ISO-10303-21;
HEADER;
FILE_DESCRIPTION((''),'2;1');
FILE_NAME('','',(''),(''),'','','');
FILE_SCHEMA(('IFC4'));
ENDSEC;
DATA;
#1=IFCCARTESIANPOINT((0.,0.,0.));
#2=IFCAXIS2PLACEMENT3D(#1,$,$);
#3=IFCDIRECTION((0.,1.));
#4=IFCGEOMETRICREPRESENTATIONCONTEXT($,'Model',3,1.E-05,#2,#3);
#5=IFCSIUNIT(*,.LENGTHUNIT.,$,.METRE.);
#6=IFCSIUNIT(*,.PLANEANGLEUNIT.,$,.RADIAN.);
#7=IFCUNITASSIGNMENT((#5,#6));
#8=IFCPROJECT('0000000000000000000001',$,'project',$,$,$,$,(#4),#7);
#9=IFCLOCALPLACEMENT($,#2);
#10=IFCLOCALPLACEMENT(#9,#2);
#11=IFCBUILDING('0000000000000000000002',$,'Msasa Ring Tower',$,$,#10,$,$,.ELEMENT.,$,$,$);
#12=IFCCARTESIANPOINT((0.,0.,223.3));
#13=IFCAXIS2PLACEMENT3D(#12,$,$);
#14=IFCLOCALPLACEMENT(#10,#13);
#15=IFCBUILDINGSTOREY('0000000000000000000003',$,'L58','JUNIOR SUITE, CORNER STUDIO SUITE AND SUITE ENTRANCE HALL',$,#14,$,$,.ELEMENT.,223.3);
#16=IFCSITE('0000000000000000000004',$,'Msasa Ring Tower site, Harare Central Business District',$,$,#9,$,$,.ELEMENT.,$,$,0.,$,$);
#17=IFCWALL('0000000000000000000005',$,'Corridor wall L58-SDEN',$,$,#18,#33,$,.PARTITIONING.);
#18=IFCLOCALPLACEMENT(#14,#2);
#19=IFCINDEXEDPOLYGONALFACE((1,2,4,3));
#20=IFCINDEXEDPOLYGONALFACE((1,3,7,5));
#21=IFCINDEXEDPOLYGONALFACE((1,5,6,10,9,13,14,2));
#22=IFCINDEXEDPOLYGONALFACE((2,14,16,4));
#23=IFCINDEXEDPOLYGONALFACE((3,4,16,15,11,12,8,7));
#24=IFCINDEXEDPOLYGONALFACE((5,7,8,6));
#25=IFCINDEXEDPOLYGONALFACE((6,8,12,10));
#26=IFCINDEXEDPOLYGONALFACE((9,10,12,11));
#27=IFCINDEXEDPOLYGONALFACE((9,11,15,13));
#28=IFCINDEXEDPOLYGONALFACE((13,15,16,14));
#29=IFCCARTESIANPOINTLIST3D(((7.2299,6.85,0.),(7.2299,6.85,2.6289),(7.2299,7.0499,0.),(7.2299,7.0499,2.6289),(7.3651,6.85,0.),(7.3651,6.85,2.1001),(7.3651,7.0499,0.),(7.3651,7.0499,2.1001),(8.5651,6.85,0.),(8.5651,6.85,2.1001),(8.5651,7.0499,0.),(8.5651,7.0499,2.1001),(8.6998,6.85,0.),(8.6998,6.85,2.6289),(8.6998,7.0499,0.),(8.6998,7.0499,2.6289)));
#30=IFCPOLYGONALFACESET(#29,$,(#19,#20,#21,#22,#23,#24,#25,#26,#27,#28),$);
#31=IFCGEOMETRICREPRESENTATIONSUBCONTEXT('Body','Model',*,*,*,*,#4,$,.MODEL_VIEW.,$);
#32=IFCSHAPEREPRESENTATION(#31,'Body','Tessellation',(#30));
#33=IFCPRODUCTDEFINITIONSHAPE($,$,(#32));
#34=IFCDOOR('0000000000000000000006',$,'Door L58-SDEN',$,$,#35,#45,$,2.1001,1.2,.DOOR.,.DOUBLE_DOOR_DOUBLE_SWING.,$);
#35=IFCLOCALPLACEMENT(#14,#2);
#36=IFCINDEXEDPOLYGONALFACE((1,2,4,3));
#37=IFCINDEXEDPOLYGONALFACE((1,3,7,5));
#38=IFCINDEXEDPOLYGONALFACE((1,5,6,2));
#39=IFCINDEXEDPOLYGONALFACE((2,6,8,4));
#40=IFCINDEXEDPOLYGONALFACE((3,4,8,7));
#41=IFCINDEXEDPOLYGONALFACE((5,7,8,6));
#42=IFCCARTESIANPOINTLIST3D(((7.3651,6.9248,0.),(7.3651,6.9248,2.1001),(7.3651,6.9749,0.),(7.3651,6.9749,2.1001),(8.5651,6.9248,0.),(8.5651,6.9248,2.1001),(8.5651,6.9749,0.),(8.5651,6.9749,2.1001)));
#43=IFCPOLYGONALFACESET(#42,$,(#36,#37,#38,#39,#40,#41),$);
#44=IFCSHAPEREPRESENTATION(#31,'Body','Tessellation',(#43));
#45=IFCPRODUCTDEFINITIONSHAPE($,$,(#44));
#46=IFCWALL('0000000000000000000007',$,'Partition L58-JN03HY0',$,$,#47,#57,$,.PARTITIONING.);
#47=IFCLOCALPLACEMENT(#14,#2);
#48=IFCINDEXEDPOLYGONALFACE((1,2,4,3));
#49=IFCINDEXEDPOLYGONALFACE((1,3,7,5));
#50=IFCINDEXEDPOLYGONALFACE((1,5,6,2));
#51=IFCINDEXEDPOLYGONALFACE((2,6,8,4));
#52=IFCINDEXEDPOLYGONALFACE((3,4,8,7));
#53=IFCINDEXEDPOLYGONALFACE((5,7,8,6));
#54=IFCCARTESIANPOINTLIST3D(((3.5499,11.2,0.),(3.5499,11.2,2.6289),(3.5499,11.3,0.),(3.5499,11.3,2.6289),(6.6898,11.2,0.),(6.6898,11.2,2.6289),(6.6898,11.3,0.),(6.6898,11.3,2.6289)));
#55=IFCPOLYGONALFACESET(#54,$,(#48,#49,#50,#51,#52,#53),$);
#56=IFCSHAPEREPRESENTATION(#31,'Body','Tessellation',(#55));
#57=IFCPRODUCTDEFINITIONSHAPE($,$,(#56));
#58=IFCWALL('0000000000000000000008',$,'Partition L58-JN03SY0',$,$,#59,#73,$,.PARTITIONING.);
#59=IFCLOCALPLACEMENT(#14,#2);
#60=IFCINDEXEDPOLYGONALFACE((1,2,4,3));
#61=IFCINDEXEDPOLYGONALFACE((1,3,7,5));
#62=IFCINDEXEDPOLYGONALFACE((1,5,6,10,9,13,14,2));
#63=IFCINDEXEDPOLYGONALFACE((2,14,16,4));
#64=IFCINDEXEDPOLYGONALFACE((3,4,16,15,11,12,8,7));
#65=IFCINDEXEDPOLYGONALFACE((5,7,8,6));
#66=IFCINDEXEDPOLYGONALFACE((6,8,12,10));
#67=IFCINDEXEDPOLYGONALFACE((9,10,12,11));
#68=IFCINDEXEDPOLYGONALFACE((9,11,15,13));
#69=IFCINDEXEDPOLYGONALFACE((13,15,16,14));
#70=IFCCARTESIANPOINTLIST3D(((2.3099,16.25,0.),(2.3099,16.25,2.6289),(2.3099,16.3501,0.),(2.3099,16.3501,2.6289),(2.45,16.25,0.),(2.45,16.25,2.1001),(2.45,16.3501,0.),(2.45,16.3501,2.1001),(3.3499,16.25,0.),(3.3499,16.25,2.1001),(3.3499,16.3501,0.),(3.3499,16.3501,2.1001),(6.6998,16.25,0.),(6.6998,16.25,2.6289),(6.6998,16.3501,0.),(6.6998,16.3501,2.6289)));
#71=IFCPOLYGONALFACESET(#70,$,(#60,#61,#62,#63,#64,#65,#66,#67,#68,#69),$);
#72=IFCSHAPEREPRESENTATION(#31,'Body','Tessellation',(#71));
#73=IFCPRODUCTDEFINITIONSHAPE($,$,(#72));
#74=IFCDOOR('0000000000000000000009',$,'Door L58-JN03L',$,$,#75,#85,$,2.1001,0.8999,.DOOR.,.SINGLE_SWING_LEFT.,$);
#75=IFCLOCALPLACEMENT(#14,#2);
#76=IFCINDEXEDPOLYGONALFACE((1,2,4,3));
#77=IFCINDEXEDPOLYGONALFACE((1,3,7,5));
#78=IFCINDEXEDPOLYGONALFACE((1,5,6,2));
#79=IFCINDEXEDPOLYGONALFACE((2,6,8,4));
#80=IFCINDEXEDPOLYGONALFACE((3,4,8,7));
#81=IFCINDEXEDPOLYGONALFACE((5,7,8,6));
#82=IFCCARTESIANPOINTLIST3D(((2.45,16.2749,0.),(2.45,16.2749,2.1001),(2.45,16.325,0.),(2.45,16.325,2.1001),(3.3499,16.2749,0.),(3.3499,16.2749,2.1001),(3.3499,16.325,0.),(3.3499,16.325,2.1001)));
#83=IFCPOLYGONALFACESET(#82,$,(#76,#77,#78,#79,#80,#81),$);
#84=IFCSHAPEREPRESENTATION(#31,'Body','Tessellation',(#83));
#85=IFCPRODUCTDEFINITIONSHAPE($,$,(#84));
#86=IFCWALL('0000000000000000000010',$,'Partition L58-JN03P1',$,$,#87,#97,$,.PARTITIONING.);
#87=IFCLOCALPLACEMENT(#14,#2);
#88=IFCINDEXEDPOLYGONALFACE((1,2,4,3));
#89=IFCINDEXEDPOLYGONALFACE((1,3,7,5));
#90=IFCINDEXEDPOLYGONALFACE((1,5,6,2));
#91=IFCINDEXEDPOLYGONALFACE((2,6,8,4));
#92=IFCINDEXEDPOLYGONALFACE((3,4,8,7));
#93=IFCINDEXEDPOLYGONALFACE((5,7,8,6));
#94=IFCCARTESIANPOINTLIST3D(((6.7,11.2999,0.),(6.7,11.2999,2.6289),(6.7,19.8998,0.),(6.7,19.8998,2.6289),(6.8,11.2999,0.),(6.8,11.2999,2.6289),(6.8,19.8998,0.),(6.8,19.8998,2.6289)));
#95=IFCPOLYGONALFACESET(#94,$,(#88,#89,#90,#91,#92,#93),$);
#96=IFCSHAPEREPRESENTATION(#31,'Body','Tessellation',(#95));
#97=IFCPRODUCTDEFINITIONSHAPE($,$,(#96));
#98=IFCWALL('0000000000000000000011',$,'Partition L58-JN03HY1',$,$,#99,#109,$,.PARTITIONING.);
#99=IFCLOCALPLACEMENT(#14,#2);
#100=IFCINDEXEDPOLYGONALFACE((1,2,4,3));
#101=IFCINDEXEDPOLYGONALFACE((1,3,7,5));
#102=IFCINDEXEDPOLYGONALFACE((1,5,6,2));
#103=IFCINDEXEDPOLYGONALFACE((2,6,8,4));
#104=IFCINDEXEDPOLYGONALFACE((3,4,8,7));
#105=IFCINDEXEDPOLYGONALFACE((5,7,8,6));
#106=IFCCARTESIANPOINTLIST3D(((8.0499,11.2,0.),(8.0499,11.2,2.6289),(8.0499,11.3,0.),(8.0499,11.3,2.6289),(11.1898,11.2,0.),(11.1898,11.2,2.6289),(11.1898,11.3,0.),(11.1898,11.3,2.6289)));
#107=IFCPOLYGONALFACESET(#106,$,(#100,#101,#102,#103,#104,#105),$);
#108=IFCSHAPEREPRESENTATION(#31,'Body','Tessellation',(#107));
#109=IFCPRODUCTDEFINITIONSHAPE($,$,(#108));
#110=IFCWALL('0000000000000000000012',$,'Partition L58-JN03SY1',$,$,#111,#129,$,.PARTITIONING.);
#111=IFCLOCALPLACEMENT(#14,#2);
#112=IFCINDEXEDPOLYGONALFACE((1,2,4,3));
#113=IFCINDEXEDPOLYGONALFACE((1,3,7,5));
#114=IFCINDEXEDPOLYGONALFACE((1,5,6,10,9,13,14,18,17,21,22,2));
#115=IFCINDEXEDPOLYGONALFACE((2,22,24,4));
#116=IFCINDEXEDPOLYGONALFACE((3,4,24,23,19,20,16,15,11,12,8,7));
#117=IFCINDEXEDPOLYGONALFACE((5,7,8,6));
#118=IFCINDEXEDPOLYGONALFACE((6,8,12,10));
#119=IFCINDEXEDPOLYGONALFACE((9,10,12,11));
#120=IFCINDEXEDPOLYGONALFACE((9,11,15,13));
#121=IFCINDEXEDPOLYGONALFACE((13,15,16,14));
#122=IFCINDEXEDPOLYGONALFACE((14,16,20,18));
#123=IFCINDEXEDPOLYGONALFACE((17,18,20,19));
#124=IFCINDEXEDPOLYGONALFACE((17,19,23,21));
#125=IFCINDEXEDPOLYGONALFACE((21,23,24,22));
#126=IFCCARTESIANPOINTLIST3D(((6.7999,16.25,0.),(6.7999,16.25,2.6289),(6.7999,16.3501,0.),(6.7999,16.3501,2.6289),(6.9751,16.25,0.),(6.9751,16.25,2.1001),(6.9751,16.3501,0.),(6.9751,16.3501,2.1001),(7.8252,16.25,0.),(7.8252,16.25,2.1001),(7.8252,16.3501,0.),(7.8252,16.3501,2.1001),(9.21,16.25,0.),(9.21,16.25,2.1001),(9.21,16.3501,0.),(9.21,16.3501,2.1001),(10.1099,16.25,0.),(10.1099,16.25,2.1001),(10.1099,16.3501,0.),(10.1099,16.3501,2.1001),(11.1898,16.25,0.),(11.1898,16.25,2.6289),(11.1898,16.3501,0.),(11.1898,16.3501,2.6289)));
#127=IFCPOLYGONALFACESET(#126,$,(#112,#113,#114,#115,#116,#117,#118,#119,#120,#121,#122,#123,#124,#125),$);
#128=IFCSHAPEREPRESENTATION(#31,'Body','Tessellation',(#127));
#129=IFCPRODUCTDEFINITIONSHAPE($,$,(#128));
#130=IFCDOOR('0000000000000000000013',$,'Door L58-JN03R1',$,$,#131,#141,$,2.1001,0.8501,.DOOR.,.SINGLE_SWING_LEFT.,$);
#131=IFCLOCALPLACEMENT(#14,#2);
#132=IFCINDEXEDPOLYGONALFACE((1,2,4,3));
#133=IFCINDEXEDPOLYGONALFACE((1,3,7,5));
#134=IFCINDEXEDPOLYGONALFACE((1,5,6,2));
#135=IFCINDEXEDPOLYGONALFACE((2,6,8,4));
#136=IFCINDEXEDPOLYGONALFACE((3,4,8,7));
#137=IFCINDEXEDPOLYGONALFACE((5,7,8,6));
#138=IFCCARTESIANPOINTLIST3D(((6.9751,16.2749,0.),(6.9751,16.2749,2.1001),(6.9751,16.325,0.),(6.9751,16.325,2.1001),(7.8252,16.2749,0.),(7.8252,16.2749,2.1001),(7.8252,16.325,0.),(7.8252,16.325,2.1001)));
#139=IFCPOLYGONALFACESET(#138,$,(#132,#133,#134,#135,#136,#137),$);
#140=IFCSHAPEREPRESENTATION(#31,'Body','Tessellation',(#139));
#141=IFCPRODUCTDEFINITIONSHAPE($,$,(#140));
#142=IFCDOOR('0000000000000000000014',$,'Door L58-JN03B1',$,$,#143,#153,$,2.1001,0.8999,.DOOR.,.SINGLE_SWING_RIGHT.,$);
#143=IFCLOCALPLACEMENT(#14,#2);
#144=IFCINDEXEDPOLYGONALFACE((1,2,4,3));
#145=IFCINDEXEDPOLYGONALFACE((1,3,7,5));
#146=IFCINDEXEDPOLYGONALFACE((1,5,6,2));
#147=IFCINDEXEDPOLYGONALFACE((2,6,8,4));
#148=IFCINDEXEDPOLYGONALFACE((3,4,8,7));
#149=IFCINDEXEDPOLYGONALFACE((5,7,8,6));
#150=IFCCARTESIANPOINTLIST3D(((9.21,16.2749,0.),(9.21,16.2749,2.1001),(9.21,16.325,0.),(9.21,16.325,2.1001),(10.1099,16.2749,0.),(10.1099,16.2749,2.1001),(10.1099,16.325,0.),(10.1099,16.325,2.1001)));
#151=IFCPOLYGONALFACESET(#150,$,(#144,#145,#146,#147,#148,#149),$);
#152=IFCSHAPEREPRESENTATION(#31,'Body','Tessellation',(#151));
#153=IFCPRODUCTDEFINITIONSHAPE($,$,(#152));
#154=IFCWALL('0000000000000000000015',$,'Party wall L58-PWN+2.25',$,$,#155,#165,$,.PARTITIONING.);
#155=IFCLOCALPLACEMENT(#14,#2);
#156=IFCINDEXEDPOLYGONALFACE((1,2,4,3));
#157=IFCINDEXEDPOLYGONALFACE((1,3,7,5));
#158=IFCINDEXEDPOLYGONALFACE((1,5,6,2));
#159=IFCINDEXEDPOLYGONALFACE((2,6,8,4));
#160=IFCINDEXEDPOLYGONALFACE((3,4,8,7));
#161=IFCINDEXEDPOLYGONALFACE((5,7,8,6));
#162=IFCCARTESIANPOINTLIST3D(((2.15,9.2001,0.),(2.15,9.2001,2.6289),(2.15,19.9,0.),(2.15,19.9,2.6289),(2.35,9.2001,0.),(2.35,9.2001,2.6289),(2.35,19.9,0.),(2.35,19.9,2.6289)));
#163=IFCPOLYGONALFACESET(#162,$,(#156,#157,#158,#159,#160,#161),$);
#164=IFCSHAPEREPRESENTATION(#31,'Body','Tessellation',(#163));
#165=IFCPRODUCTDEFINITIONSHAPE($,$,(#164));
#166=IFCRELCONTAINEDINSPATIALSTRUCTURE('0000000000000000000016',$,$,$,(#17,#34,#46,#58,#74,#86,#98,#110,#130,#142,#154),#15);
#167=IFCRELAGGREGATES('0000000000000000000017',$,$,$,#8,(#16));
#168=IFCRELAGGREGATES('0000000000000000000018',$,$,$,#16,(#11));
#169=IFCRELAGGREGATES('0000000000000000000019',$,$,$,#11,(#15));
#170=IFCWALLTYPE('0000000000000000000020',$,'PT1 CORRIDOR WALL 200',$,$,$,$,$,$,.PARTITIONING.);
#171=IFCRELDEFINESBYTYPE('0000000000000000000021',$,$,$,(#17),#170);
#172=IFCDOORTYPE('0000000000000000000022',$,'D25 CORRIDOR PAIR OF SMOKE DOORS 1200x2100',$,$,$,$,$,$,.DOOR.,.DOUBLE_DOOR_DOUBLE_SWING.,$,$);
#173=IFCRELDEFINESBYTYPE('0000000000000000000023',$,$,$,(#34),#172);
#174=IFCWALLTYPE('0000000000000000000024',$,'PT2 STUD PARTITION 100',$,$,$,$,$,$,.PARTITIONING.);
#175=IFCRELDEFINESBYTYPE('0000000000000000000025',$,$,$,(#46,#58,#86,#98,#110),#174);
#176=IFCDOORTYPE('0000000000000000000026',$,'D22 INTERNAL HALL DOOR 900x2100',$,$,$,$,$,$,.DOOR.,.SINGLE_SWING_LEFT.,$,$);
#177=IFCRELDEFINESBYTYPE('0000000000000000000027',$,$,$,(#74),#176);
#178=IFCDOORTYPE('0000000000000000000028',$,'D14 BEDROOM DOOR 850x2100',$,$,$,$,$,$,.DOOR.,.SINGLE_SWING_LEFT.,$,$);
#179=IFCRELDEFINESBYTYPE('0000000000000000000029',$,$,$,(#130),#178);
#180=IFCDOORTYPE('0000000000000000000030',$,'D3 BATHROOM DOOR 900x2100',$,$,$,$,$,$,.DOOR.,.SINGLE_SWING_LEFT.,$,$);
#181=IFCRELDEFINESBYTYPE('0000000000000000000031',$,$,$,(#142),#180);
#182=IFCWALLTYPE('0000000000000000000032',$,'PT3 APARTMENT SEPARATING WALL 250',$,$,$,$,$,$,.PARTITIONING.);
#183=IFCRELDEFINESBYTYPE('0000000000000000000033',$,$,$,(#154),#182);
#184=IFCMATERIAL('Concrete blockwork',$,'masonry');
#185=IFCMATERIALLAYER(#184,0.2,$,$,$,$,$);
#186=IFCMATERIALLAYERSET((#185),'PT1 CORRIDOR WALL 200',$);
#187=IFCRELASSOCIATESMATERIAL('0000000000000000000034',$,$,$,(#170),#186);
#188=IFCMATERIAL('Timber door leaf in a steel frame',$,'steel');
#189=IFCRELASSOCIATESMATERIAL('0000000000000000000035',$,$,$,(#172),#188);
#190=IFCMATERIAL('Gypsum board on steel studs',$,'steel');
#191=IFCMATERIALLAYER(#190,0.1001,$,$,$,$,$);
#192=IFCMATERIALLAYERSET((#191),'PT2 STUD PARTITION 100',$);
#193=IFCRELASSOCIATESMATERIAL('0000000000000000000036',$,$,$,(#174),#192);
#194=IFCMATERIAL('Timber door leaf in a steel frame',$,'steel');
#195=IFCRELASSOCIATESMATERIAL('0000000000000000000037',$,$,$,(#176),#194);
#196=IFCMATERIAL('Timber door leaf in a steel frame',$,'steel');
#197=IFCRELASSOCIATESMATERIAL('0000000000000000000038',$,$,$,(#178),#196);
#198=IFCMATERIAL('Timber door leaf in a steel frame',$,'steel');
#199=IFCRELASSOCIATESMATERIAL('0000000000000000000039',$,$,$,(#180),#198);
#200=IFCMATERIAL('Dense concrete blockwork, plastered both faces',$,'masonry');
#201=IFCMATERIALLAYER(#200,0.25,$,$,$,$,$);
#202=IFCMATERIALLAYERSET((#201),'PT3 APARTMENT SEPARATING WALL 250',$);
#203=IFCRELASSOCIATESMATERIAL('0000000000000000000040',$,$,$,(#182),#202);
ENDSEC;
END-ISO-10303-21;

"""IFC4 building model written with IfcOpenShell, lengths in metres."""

from ifc_helpers import new_model, si_unit, direction, frame, frame_2d, origin, place, context, subcontext, project, spatial, rectangle, extrude, material, layer, layer_set, type_object, element, fill, save


model = new_model("IFC4")

# Units and contexts
model_context = context("Model", 3, precision=1e-05, world=origin(), true_north=direction((0.0, 1.0)))
body_context = subcontext(model_context, "Body", "Model", "MODEL_VIEW")
ifc_project = project(units=[si_unit("LENGTHUNIT", "METRE"), si_unit("PLANEANGLEUNIT", "RADIAN")], contexts=[model_context])

# Site, building, storey
site_placement = place(None, origin())
site = spatial("IfcSite", under=ifc_project, at=site_placement, Name="Msasa Ring Tower site, Harare Central Business District", CompositionType="ELEMENT", RefElevation=0.0)
building_placement = place(site_placement, origin())
building = spatial("IfcBuilding", under=site, at=building_placement, Name="Msasa Ring Tower", CompositionType="ELEMENT")
storey_placement = place(building_placement, frame((0.0, 0.0, 223.3)))
storey = spatial("IfcBuildingStorey", under=building, at=storey_placement, Name="L58", Description="JUNIOR SUITE, CORNER STUDIO SUITE AND SUITE ENTRANCE HALL", CompositionType="ELEMENT", Elevation=223.3)

# Wall, opening, door
ifc_material_1 = material(Name="Concrete blockwork", Category="masonry")
ifc_layer_1 = layer(ifc_material_1, 0.2)
ifc_layer_set_1 = layer_set([ifc_layer_1], Name="PT1 CORRIDOR WALL 200")
wall_type_1 = type_object("IfcWallType", Name="PT1 CORRIDOR WALL 200", PredefinedType="PARTITIONING", material=ifc_layer_set_1)
wall_1_placement = place(storey_placement, frame((7.23, 6.95, 0.0), z_axis=(0.0, 0.0, 1.0), x_axis=(1.0, 0.0, 0.0)))
wall_1 = element("IfcWall", 1, at=wall_1_placement, inside=storey, type_object=wall_type_1, Name="Corridor wall L58-SDEN", PredefinedType="PARTITIONING", context=body_context, shape_type="SweptSolid", body=[
    extrude(rectangle(XDim=1.47, YDim=0.2, at=frame_2d((0.7349, 0.0))), origin(), (0.0, 0.0, 1.0), 2.6289),
])
opening_1_placement = place(wall_1_placement, frame((0.135, 0.0, 0.0)))
opening_1 = element("IfcOpeningElement", 2, at=opening_1_placement, cuts=wall_1, PredefinedType="OPENING", context=body_context, shape_type="SweptSolid", body=[
    extrude(rectangle(XDim=1.2, YDim=2.1001, at=frame_2d((0.6001, 1.05))), frame((0.0, 0.1099, 0.0), z_axis=(0.0, -1.0, 0.0), x_axis=(1.0, 0.0, 0.0)), (0.0, 0.0, 1.0), 0.22),
])
ifc_material_2 = material(Name="Timber door leaf in a steel frame", Category="steel")
door_type_1 = type_object("IfcDoorType", Name="D25 CORRIDOR PAIR OF SMOKE DOORS 1200x2100", OperationType="DOUBLE_DOOR_DOUBLE_SWING", PredefinedType="DOOR", material=ifc_material_2)
door_1_placement = place(opening_1_placement, origin())
door_1 = element("IfcDoor", 3, at=door_1_placement, inside=storey, type_object=door_type_1, Name="Door L58-SDEN", OperationType="DOUBLE_DOOR_DOUBLE_SWING", OverallHeight=2.1001, OverallWidth=1.2, PredefinedType="DOOR", context=body_context, shape_type="SweptSolid", body=[
    extrude(rectangle(XDim=1.2, YDim=2.1001, at=frame_2d((0.6001, 1.05))), frame((0.0, 0.0249, 0.0), z_axis=(0.0, -1.0, 0.0), x_axis=(1.0, 0.0, 0.0)), (0.0, 0.0, 1.0), 0.05),
])
fill(opening_1, door_1)

# Wall
ifc_material_3 = material(Name="Gypsum board on steel studs", Category="steel")
ifc_layer_2 = layer(ifc_material_3, 0.1001)
ifc_layer_set_2 = layer_set([ifc_layer_2], Name="PT2 STUD PARTITION 100")
wall_type_2 = type_object("IfcWallType", Name="PT2 STUD PARTITION 100", PredefinedType="PARTITIONING", material=ifc_layer_set_2)
wall_2_placement = place(storey_placement, frame((3.55, 11.25, 0.0), z_axis=(0.0, 0.0, 1.0), x_axis=(1.0, 0.0, 0.0)))
element("IfcWall", 4, at=wall_2_placement, inside=storey, type_object=wall_type_2, Name="Partition L58-JN03HY0", PredefinedType="PARTITIONING", context=body_context, shape_type="SweptSolid", body=[
    extrude(rectangle(XDim=3.1399, YDim=0.1001, at=frame_2d((1.5698, 0.0))), origin(), (0.0, 0.0, 1.0), 2.6289),
])

# Wall, opening, door
wall_3_placement = place(storey_placement, frame((2.3101, 16.3, 0.0), z_axis=(0.0, 0.0, 1.0), x_axis=(1.0, 0.0, 0.0)))
wall_3 = element("IfcWall", 5, at=wall_3_placement, inside=storey, type_object=wall_type_2, Name="Partition L58-JN03SY0", PredefinedType="PARTITIONING", context=body_context, shape_type="SweptSolid", body=[
    extrude(rectangle(XDim=4.3899, YDim=0.1001, at=frame_2d((2.1948, 0.0))), origin(), (0.0, 0.0, 1.0), 2.6289),
])
opening_2_placement = place(wall_3_placement, frame((0.1399, 0.0, 0.0)))
opening_2 = element("IfcOpeningElement", 6, at=opening_2_placement, cuts=wall_3, PredefinedType="OPENING", context=body_context, shape_type="SweptSolid", body=[
    extrude(rectangle(XDim=0.8999, YDim=2.1001, at=frame_2d((0.45, 1.05))), frame((0.0, 0.0601, 0.0), z_axis=(0.0, -1.0, 0.0), x_axis=(1.0, 0.0, 0.0)), (0.0, 0.0, 1.0), 0.1201),
])
ifc_material_4 = material(Name="Timber door leaf in a steel frame", Category="steel")
door_type_2 = type_object("IfcDoorType", Name="D22 INTERNAL HALL DOOR 900x2100", OperationType="SINGLE_SWING_LEFT", PredefinedType="DOOR", material=ifc_material_4)
door_2_placement = place(opening_2_placement, origin())
door_2 = element("IfcDoor", 7, at=door_2_placement, inside=storey, type_object=door_type_2, Name="Door L58-JN03L", OperationType="SINGLE_SWING_LEFT", OverallHeight=2.1001, OverallWidth=0.8999, PredefinedType="DOOR", context=body_context, shape_type="SweptSolid", body=[
    extrude(rectangle(XDim=0.8999, YDim=2.1001, at=frame_2d((0.45, 1.05))), frame((0.0, 0.0249, 0.0), z_axis=(0.0, -1.0, 0.0), x_axis=(1.0, 0.0, 0.0)), (0.0, 0.0, 1.0), 0.05),
])
fill(opening_2, door_2)

# Walls
wall_4_placement = place(storey_placement, frame((6.75, 11.3, 0.0), z_axis=(0.0, 0.0, 1.0), x_axis=(0.0, 1.0, 0.0)))
element("IfcWall", 8, at=wall_4_placement, inside=storey, type_object=wall_type_2, Name="Partition L58-JN03P1", PredefinedType="PARTITIONING", context=body_context, shape_type="SweptSolid", body=[
    extrude(rectangle(XDim=8.5999, YDim=0.1001, at=frame_2d((4.2998, 0.0))), origin(), (0.0, 0.0, 1.0), 2.6289),
])
wall_5_placement = place(storey_placement, frame((8.05, 11.25, 0.0), z_axis=(0.0, 0.0, 1.0), x_axis=(1.0, 0.0, 0.0)))
element("IfcWall", 9, at=wall_5_placement, inside=storey, type_object=wall_type_2, Name="Partition L58-JN03HY1", PredefinedType="PARTITIONING", context=body_context, shape_type="SweptSolid", body=[
    extrude(rectangle(XDim=3.1399, YDim=0.1001, at=frame_2d((1.5698, 0.0))), origin(), (0.0, 0.0, 1.0), 2.6289),
])

# Wall, openings, doors
wall_6_placement = place(storey_placement, frame((6.8, 16.3, 0.0), z_axis=(0.0, 0.0, 1.0), x_axis=(1.0, 0.0, 0.0)))
wall_6 = element("IfcWall", 10, at=wall_6_placement, inside=storey, type_object=wall_type_2, Name="Partition L58-JN03SY1", PredefinedType="PARTITIONING", context=body_context, shape_type="SweptSolid", body=[
    extrude(rectangle(XDim=4.3899, YDim=0.1001, at=frame_2d((2.1948, 0.0))), origin(), (0.0, 0.0, 1.0), 2.6289),
])
opening_3_placement = place(wall_6_placement, frame((0.175, 0.0, 0.0)))
opening_3 = element("IfcOpeningElement", 11, at=opening_3_placement, cuts=wall_6, PredefinedType="OPENING", context=body_context, shape_type="SweptSolid", body=[
    extrude(rectangle(XDim=0.8501, YDim=2.1001, at=frame_2d((0.425, 1.05))), frame((0.0, 0.0601, 0.0), z_axis=(0.0, -1.0, 0.0), x_axis=(1.0, 0.0, 0.0)), (0.0, 0.0, 1.0), 0.1201),
])
opening_4_placement = place(wall_6_placement, frame((2.4099, 0.0, 0.0)))
opening_4 = element("IfcOpeningElement", 12, at=opening_4_placement, cuts=wall_6, PredefinedType="OPENING", context=body_context, shape_type="SweptSolid", body=[
    extrude(rectangle(XDim=0.8999, YDim=2.1001, at=frame_2d((0.45, 1.05))), frame((0.0, 0.0601, 0.0), z_axis=(0.0, -1.0, 0.0), x_axis=(1.0, 0.0, 0.0)), (0.0, 0.0, 1.0), 0.1201),
])
ifc_material_5 = material(Name="Timber door leaf in a steel frame", Category="steel")
door_type_3 = type_object("IfcDoorType", Name="D14 BEDROOM DOOR 850x2100", OperationType="SINGLE_SWING_LEFT", PredefinedType="DOOR", material=ifc_material_5)
door_3_placement = place(opening_3_placement, origin())
door_3 = element("IfcDoor", 13, at=door_3_placement, inside=storey, type_object=door_type_3, Name="Door L58-JN03R1", OperationType="SINGLE_SWING_LEFT", OverallHeight=2.1001, OverallWidth=0.8501, PredefinedType="DOOR", context=body_context, shape_type="SweptSolid", body=[
    extrude(rectangle(XDim=0.8501, YDim=2.1001, at=frame_2d((0.425, 1.05))), frame((0.0, 0.0249, 0.0), z_axis=(0.0, -1.0, 0.0), x_axis=(1.0, 0.0, 0.0)), (0.0, 0.0, 1.0), 0.05),
])
fill(opening_3, door_3)
ifc_material_6 = material(Name="Timber door leaf in a steel frame", Category="steel")
door_type_4 = type_object("IfcDoorType", Name="D3 BATHROOM DOOR 900x2100", OperationType="SINGLE_SWING_LEFT", PredefinedType="DOOR", material=ifc_material_6)
door_4_placement = place(opening_4_placement, origin())
door_4 = element("IfcDoor", 14, at=door_4_placement, inside=storey, type_object=door_type_4, Name="Door L58-JN03B1", OperationType="SINGLE_SWING_RIGHT", OverallHeight=2.1001, OverallWidth=0.8999, PredefinedType="DOOR", context=body_context, shape_type="SweptSolid", body=[
    extrude(rectangle(XDim=0.8999, YDim=2.1001, at=frame_2d((0.45, 1.05))), frame((0.0, 0.0249, 0.0), z_axis=(0.0, -1.0, 0.0), x_axis=(1.0, 0.0, 0.0)), (0.0, 0.0, 1.0), 0.05),
])
fill(opening_4, door_4)

# Wall
ifc_material_7 = material(Name="Dense concrete blockwork, plastered both faces", Category="masonry")
ifc_layer_3 = layer(ifc_material_7, 0.25)
ifc_layer_set_3 = layer_set([ifc_layer_3], Name="PT3 APARTMENT SEPARATING WALL 250")
wall_type_3 = type_object("IfcWallType", Name="PT3 APARTMENT SEPARATING WALL 250", PredefinedType="PARTITIONING", material=ifc_layer_set_3)
wall_7_placement = place(storey_placement, frame((2.25, 9.2, 0.0), z_axis=(0.0, 0.0, 1.0), x_axis=(0.0, 1.0, 0.0)))
element("IfcWall", 15, at=wall_7_placement, inside=storey, type_object=wall_type_3, Name="Party wall L58-PWN+2.25", PredefinedType="PARTITIONING", context=body_context, shape_type="SweptSolid", body=[
    extrude(rectangle(XDim=10.7, YDim=0.2, at=frame_2d((5.3501, 0.0))), origin(), (0.0, 0.0, 1.0), 2.6289),
])

save(model, "model.ifc")
